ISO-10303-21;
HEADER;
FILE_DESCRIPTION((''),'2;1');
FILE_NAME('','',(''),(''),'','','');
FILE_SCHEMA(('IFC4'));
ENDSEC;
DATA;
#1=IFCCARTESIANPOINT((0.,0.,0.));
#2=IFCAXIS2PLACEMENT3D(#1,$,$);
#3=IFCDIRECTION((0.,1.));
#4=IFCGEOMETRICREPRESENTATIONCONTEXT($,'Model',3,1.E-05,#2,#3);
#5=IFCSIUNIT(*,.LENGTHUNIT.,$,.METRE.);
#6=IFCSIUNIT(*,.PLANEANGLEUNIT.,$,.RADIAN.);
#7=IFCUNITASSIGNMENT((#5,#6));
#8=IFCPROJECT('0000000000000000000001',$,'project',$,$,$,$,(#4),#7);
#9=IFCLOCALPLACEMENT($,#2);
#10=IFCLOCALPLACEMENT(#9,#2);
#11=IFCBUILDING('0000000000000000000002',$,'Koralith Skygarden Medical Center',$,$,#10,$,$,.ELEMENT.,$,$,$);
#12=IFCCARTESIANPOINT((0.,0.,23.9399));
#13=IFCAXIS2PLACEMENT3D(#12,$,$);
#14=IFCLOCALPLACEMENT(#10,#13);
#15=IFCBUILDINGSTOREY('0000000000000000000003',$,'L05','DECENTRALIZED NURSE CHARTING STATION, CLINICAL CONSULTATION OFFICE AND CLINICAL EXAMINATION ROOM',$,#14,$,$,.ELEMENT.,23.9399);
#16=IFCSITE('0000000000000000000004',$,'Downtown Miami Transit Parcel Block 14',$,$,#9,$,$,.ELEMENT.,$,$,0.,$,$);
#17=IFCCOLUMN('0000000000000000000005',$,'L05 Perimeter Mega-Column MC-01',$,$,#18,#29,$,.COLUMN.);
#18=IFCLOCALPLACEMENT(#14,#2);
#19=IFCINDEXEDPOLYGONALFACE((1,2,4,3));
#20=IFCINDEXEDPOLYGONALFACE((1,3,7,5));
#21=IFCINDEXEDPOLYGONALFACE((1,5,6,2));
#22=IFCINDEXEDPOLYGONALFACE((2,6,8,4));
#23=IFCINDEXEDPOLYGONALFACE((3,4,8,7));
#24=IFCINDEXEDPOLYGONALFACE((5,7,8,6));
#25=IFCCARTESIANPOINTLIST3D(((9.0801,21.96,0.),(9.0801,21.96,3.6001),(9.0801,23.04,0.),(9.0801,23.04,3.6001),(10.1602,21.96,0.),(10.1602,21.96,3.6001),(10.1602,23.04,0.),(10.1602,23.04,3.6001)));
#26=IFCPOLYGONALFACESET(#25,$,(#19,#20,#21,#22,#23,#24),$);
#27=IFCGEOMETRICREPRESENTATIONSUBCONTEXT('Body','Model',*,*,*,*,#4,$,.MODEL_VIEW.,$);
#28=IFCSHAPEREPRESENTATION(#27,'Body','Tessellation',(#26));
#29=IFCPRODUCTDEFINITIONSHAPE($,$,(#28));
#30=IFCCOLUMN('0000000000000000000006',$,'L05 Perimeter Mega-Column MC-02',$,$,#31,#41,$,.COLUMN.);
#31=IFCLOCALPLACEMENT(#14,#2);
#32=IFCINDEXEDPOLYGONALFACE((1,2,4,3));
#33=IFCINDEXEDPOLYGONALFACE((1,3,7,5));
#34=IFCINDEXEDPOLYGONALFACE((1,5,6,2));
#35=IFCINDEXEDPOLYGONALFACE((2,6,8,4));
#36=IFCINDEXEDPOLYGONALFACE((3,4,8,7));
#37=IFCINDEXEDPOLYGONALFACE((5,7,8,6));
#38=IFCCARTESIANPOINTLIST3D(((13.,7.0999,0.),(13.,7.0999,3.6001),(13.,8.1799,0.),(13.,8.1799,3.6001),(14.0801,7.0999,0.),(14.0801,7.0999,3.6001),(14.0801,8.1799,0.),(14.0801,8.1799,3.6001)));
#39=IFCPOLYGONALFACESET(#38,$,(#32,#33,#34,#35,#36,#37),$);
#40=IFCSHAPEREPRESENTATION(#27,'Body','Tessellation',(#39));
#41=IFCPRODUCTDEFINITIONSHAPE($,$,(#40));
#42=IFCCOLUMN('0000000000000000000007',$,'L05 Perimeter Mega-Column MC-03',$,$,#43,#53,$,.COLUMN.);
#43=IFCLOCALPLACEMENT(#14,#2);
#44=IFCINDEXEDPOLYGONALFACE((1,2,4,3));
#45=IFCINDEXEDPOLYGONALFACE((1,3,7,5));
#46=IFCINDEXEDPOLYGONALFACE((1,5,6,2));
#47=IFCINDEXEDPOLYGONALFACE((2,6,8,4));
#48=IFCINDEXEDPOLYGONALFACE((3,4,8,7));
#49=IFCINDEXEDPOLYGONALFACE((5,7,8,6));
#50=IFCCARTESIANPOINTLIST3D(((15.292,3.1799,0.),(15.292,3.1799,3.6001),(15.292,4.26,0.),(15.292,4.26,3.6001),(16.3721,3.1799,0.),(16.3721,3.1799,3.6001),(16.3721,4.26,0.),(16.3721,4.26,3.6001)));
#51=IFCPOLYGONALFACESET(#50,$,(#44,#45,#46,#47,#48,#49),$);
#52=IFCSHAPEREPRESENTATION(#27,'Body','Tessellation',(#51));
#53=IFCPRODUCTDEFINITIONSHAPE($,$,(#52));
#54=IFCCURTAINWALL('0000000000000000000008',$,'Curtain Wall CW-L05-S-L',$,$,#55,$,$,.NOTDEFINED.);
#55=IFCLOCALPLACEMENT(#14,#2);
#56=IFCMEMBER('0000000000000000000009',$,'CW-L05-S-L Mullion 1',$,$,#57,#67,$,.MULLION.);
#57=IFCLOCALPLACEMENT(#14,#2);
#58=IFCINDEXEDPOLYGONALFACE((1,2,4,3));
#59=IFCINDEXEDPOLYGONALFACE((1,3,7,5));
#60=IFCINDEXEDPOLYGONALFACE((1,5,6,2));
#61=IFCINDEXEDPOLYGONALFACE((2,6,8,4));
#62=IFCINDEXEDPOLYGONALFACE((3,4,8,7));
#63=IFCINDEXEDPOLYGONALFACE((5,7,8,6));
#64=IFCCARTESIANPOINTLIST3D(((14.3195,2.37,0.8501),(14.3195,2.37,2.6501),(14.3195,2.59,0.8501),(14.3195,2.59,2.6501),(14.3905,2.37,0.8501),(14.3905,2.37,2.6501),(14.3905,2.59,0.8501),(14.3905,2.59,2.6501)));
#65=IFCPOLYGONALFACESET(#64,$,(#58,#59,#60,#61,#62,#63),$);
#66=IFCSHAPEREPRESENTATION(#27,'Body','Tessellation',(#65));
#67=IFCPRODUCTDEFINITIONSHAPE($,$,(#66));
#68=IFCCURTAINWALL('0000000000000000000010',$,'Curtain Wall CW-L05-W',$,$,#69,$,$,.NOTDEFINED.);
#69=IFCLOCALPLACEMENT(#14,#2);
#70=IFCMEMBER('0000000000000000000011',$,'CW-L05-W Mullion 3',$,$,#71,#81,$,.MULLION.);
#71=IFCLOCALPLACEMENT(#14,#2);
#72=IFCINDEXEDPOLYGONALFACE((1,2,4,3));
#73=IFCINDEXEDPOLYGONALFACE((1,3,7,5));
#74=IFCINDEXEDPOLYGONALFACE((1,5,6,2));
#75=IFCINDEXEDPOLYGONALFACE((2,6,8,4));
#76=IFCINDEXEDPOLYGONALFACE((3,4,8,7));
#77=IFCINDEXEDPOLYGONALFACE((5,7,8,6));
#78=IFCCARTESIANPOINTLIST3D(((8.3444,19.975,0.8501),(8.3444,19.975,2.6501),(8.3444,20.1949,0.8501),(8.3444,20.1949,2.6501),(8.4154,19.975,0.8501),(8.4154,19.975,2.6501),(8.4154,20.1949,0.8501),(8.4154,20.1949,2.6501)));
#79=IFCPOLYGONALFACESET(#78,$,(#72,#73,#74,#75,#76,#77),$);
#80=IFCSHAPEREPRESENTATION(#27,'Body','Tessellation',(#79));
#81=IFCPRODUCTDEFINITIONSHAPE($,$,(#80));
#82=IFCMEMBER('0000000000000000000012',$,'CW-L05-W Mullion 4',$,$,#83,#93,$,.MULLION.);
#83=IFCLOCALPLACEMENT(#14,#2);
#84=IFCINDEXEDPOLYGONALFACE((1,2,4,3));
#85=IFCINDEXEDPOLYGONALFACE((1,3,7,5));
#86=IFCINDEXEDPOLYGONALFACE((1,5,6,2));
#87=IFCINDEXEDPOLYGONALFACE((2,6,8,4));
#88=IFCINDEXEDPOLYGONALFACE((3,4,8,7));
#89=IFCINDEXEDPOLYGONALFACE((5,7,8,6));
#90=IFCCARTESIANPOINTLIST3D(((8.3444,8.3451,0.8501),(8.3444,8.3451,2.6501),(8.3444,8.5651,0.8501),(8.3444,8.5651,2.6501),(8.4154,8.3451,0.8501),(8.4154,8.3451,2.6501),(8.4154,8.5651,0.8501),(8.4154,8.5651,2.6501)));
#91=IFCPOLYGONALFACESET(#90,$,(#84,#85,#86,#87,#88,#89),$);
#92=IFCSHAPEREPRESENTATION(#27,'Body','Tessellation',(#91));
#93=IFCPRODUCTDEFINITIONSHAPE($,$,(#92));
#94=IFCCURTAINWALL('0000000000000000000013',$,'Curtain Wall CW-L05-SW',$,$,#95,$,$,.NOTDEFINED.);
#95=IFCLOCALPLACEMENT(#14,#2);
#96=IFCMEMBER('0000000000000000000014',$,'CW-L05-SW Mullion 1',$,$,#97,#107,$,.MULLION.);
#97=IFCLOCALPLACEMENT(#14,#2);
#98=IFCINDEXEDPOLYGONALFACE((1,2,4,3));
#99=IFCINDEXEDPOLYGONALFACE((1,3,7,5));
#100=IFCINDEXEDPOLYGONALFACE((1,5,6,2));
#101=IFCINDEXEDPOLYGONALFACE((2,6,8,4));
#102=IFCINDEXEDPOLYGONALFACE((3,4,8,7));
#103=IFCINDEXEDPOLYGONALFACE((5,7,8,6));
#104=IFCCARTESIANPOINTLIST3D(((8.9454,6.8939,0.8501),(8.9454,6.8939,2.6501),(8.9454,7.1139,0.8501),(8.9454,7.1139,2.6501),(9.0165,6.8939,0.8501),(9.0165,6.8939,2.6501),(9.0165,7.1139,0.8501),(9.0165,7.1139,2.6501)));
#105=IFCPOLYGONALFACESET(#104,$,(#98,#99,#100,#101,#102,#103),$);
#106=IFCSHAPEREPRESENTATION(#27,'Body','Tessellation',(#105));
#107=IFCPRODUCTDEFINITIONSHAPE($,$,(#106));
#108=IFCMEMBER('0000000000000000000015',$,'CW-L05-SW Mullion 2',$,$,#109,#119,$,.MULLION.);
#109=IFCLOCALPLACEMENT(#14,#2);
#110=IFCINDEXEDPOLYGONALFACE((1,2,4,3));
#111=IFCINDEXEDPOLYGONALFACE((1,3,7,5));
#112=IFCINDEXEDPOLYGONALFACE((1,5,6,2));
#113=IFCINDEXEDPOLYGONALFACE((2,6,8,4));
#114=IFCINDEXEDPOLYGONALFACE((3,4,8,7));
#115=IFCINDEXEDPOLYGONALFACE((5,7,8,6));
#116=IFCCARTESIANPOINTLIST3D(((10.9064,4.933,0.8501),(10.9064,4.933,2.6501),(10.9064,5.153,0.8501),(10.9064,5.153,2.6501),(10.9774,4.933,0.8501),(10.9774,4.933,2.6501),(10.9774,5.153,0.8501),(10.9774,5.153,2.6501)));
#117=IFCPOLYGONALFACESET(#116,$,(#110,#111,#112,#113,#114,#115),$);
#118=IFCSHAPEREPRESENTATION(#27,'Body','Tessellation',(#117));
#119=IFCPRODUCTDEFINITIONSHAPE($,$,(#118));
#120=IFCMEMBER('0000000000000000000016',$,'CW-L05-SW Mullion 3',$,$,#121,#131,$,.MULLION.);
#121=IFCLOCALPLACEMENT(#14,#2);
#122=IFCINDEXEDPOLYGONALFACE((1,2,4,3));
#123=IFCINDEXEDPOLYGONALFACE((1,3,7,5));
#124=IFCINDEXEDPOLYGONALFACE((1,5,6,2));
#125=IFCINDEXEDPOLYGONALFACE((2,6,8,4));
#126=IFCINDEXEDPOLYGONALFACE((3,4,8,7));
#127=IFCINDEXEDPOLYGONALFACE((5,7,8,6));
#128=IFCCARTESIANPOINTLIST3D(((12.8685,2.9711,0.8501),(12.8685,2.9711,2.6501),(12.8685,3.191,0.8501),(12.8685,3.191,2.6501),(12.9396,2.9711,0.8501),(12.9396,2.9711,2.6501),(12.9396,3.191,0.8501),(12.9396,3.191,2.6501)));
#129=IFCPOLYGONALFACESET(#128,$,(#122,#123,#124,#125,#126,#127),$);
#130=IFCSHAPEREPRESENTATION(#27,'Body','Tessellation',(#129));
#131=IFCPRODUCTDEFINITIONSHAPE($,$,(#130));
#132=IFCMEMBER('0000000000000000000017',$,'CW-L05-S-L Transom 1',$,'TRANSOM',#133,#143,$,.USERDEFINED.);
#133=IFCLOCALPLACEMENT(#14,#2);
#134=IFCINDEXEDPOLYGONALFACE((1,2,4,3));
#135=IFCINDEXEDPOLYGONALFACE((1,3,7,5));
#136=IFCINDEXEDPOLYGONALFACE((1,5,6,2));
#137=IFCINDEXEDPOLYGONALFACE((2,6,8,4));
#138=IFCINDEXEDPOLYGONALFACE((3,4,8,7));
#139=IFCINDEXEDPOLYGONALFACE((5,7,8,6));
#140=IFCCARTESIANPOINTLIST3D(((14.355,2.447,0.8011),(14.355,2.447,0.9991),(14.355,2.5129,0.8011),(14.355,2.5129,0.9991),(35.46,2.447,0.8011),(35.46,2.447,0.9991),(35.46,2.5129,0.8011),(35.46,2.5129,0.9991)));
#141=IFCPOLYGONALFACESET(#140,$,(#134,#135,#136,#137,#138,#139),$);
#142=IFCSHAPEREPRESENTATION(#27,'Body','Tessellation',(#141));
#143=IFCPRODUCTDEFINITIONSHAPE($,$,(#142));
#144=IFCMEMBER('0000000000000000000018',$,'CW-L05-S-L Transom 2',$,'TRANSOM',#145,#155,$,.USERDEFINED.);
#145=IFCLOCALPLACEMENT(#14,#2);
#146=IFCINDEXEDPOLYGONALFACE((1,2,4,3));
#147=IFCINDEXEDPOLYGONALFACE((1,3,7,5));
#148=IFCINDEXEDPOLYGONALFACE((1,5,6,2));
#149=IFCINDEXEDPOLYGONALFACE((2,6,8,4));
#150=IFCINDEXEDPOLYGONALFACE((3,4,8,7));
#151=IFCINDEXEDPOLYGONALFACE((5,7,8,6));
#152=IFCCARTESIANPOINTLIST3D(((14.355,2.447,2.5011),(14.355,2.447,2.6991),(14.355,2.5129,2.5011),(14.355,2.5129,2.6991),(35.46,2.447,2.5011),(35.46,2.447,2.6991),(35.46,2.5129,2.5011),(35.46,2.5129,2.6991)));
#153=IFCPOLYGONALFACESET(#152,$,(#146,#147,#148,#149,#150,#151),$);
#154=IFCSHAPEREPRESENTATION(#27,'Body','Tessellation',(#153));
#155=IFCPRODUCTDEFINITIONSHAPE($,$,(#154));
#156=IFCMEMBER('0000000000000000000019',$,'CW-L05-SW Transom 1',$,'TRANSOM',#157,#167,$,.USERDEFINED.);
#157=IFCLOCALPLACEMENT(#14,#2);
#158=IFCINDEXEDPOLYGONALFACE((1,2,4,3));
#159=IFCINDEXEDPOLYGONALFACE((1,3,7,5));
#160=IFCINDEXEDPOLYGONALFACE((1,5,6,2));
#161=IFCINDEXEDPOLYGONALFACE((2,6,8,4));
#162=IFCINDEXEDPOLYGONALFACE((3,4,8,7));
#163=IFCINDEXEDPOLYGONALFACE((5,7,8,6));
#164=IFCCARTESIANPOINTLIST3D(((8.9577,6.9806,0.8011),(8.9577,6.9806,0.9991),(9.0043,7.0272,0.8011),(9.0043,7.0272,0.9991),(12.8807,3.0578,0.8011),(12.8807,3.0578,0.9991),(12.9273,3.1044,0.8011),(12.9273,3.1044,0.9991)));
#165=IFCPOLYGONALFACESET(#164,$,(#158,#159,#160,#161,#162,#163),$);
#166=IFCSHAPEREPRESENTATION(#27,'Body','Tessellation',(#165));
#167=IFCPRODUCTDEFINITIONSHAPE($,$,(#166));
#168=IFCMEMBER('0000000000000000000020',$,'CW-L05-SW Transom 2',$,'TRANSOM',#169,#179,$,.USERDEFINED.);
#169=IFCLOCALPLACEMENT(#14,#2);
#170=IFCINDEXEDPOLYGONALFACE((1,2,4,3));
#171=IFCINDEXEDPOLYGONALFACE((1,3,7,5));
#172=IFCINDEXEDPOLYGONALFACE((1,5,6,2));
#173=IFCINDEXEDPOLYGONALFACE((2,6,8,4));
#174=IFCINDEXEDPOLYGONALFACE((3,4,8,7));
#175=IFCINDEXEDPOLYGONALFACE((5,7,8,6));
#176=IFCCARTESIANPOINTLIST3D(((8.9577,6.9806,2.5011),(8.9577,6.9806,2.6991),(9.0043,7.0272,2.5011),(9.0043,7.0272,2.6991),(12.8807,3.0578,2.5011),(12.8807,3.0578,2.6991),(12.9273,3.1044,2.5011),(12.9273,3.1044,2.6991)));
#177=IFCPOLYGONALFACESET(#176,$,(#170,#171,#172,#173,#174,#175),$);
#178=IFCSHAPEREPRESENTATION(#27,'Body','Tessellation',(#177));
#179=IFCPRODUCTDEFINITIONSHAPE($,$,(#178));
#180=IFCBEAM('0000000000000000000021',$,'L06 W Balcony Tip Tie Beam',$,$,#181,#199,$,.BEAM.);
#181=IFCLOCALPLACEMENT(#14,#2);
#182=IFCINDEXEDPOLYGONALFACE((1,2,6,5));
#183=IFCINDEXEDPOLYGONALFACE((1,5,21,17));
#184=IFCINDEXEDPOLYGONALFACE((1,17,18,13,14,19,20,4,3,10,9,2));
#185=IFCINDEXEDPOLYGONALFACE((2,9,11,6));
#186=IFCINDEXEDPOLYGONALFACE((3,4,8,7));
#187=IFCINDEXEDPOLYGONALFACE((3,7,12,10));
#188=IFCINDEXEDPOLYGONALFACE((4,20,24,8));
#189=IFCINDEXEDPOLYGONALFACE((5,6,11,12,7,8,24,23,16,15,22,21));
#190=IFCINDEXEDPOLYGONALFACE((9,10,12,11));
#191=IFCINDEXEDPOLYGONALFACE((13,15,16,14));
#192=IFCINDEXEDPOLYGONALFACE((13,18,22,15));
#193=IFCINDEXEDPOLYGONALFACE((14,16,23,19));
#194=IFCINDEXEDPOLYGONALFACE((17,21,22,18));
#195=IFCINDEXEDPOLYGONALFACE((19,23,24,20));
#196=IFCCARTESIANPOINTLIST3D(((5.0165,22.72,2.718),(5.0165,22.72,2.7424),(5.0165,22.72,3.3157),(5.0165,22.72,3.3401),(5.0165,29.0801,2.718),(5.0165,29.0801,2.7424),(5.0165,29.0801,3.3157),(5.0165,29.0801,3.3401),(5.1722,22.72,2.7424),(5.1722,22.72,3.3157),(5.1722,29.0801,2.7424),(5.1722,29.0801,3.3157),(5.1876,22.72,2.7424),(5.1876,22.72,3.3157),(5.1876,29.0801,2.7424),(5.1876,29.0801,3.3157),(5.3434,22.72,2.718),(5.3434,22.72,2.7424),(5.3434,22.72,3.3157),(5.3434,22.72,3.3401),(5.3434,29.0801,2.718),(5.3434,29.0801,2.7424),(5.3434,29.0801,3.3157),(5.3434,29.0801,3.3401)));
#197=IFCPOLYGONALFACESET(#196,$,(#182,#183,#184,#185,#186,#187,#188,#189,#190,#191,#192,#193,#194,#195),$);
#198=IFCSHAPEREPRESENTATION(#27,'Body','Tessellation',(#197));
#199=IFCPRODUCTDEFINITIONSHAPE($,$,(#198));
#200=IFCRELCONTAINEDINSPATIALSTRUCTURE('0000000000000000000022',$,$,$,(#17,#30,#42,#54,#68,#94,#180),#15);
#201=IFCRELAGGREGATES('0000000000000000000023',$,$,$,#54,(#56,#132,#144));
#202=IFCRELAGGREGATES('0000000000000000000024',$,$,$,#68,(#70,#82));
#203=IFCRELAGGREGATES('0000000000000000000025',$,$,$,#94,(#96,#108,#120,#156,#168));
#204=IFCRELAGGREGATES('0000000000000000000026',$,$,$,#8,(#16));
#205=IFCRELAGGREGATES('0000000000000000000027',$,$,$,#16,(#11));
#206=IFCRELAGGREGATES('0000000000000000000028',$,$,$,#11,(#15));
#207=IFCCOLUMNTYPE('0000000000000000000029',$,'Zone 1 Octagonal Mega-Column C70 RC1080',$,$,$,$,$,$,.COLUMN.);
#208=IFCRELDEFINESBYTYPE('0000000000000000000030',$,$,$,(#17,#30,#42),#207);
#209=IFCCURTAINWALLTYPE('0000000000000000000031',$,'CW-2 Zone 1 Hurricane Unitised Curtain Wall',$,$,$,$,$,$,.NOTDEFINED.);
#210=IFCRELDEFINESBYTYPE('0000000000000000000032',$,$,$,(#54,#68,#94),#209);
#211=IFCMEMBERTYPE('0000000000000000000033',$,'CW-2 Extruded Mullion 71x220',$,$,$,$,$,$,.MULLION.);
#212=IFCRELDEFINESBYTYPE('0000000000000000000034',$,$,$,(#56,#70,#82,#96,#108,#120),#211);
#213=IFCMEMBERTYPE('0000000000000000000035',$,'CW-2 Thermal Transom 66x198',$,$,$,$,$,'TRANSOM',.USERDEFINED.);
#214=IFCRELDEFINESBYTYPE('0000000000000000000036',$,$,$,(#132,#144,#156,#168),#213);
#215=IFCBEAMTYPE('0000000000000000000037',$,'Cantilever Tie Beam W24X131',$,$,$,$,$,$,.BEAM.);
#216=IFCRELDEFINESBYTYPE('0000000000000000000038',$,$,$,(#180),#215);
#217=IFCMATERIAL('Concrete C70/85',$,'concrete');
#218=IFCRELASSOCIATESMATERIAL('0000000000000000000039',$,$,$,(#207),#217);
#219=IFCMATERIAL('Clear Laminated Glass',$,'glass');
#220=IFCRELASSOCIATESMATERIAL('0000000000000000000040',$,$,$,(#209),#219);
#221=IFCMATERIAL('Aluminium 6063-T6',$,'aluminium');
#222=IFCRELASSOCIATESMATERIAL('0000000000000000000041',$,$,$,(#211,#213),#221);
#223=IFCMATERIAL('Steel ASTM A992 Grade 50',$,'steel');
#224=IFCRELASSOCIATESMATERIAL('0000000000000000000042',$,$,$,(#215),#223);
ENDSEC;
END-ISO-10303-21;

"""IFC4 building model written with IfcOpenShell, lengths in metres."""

from ifc_helpers import new_model, si_unit, direction, frame, origin, origin_2d, place, context, subcontext, project, spatial, rectangle, i_section, extrude, material, material_profile, profile_set, type_object, element, aggregate, save


model = new_model("IFC4")

# Units and contexts
model_context = context("Model", 3, precision=1e-05, world=origin(), true_north=direction((0.0, 1.0)))
body_context = subcontext(model_context, "Body", "Model", "MODEL_VIEW")
ifc_project = project(units=[si_unit("LENGTHUNIT", "METRE"), si_unit("PLANEANGLEUNIT", "RADIAN")], contexts=[model_context])

# Site, building, storey
site_placement = place(None, origin())
site = spatial("IfcSite", under=ifc_project, at=site_placement, Name="Downtown Miami Transit Parcel Block 14", CompositionType="ELEMENT", RefElevation=0.0)
building_placement = place(site_placement, origin())
building = spatial("IfcBuilding", under=site, at=building_placement, Name="Koralith Skygarden Medical Center", CompositionType="ELEMENT")
storey_placement = place(building_placement, frame((0.0, 0.0, 23.9399)))
storey = spatial("IfcBuildingStorey", under=building, at=storey_placement, Name="L05", Description="DECENTRALIZED NURSE CHARTING STATION, CLINICAL CONSULTATION OFFICE AND CLINICAL EXAMINATION ROOM", CompositionType="ELEMENT", Elevation=23.9399)

# Columns
ifc_material_1 = material(Name="Concrete C70/85", Category="concrete")
ifc_material_profile_1 = material_profile(ifc_material_1, rectangle(XDim=1.0801, YDim=1.0801, at=origin_2d()), Name="RC1080X1080")
ifc_profile_set_1 = profile_set([ifc_material_profile_1], Name="Concrete C70/85")
column_type = type_object("IfcColumnType", Name="Zone 1 Octagonal Mega-Column C70 RC1080", PredefinedType="COLUMN", material=ifc_profile_set_1)
for number, where, z_axis, x_axis, name in (
    (1, (9.6201, 22.5, 0.0), (0.0, 0.0, 1.0), (1.0, 0.0, 0.0), "L05 Perimeter Mega-Column MC-01"),
    (2, (13.54, 7.6399, 0.0), (0.0, 0.0, 1.0), (1.0, 0.0, 0.0), "L05 Perimeter Mega-Column MC-02"),
    (3, (15.832, 3.72, 0.0), (0.0, 0.0, 1.0), (1.0, 0.0, 0.0), "L05 Perimeter Mega-Column MC-03"),
):
    element("IfcColumn", number, at=place(storey_placement, frame(where, z_axis=z_axis, x_axis=x_axis)), inside=storey, type_object=column_type, Name=name, PredefinedType="COLUMN", context=body_context, shape_type="SweptSolid", body=[
        extrude(rectangle(XDim=1.0801, YDim=1.0801, at=origin_2d()), origin(), (0.0, 0.0, 1.0), 3.6001),
    ])

# Curtain wall, member
ifc_material_2 = material(Name="Clear Laminated Glass", Category="glass")
curtain_wall_type = type_object("IfcCurtainWallType", Name="CW-2 Zone 1 Hurricane Unitised Curtain Wall", PredefinedType="NOTDEFINED", material=ifc_material_2)
curtain_wall_1_placement = place(storey_placement, origin())
curtain_wall_1 = element("IfcCurtainWall", 4, at=curtain_wall_1_placement, inside=storey, type_object=curtain_wall_type, Name="Curtain Wall CW-L05-S-L", PredefinedType="NOTDEFINED")
ifc_material_3 = material(Name="Aluminium 6063-T6", Category="aluminium")
ifc_material_profile_2 = material_profile(ifc_material_3, rectangle(XDim=0.071, YDim=0.22, at=origin_2d()), Name="MUL71X220")
ifc_profile_set_2 = profile_set([ifc_material_profile_2], Name="Aluminium 6063-T6")
member_type_1 = type_object("IfcMemberType", Name="CW-2 Extruded Mullion 71x220", PredefinedType="MULLION", material=ifc_profile_set_2)
member_1_placement = place(storey_placement, frame((14.355, 2.48, 0.8501), z_axis=(0.0, 0.0, 1.0), x_axis=(1.0, 0.0, 0.0)))
member_1 = element("IfcMember", 5, at=member_1_placement, type_object=member_type_1, Name="CW-L05-S-L Mullion 1", PredefinedType="MULLION", context=body_context, shape_type="SweptSolid", body=[
    extrude(rectangle(XDim=0.071, YDim=0.22, at=origin_2d()), origin(), (0.0, 0.0, 1.0), 1.8),
])

# Curtain walls, members
curtain_wall_2_placement = place(storey_placement, origin())
curtain_wall_2 = element("IfcCurtainWall", 6, at=curtain_wall_2_placement, inside=storey, type_object=curtain_wall_type, Name="Curtain Wall CW-L05-W", PredefinedType="NOTDEFINED")
member_2_placement = place(storey_placement, frame((8.3799, 20.085, 0.8501), z_axis=(0.0, 0.0, 1.0), x_axis=(1.0, 0.0, 0.0)))
member_2 = element("IfcMember", 7, at=member_2_placement, type_object=member_type_1, Name="CW-L05-W Mullion 3", PredefinedType="MULLION", context=body_context, shape_type="SweptSolid", body=[
    extrude(rectangle(XDim=0.071, YDim=0.22, at=origin_2d()), origin(), (0.0, 0.0, 1.0), 1.8),
])
member_3_placement = place(storey_placement, frame((8.3799, 8.4551, 0.8501), z_axis=(0.0, 0.0, 1.0), x_axis=(1.0, 0.0, 0.0)))
member_3 = element("IfcMember", 8, at=member_3_placement, type_object=member_type_1, Name="CW-L05-W Mullion 4", PredefinedType="MULLION", context=body_context, shape_type="SweptSolid", body=[
    extrude(rectangle(XDim=0.071, YDim=0.22, at=origin_2d()), origin(), (0.0, 0.0, 1.0), 1.8),
])
curtain_wall_3_placement = place(storey_placement, origin())
curtain_wall_3 = element("IfcCurtainWall", 9, at=curtain_wall_3_placement, inside=storey, type_object=curtain_wall_type, Name="Curtain Wall CW-L05-SW", PredefinedType="NOTDEFINED")
member_4_placement = place(storey_placement, frame((8.981, 7.0039, 0.8501), z_axis=(0.0, 0.0, 1.0), x_axis=(1.0, 0.0, 0.0)))
member_4 = element("IfcMember", 10, at=member_4_placement, type_object=member_type_1, Name="CW-L05-SW Mullion 1", PredefinedType="MULLION", context=body_context, shape_type="SweptSolid", body=[
    extrude(rectangle(XDim=0.071, YDim=0.22, at=origin_2d()), origin(), (0.0, 0.0, 1.0), 1.8),
])
member_5_placement = place(storey_placement, frame((10.9419, 5.043, 0.8501), z_axis=(0.0, 0.0, 1.0), x_axis=(1.0, 0.0, 0.0)))
member_5 = element("IfcMember", 11, at=member_5_placement, type_object=member_type_1, Name="CW-L05-SW Mullion 2", PredefinedType="MULLION", context=body_context, shape_type="SweptSolid", body=[
    extrude(rectangle(XDim=0.071, YDim=0.22, at=origin_2d()), origin(), (0.0, 0.0, 1.0), 1.8),
])
member_6_placement = place(storey_placement, frame((12.9041, 3.0811, 0.8501), z_axis=(0.0, 0.0, 1.0), x_axis=(1.0, 0.0, 0.0)))
member_6 = element("IfcMember", 12, at=member_6_placement, type_object=member_type_1, Name="CW-L05-SW Mullion 3", PredefinedType="MULLION", context=body_context, shape_type="SweptSolid", body=[
    extrude(rectangle(XDim=0.071, YDim=0.22, at=origin_2d()), origin(), (0.0, 0.0, 1.0), 1.8),
])

# Members
ifc_material_profile_3 = material_profile(ifc_material_3, rectangle(XDim=0.0659, YDim=0.198, at=origin_2d()), Name="TRN66X198")
ifc_profile_set_3 = profile_set([ifc_material_profile_3], Name="Aluminium 6063-T6")
member_type_2 = type_object("IfcMemberType", Name="CW-2 Thermal Transom 66x198", ElementType="TRANSOM", PredefinedType="USERDEFINED", material=ifc_profile_set_3)
member_7_placement = place(storey_placement, frame((14.355, 2.48, 0.9001), z_axis=(1.0, 0.0, 0.0), x_axis=(0.0, 1.0, 0.0)))
member_7 = element("IfcMember", 13, at=member_7_placement, type_object=member_type_2, Name="CW-L05-S-L Transom 1", ObjectType="TRANSOM", PredefinedType="USERDEFINED", context=body_context, shape_type="SweptSolid", body=[
    extrude(rectangle(XDim=0.0659, YDim=0.198, at=origin_2d()), origin(), (0.0, 0.0, 1.0), 21.105),
])
member_8_placement = place(storey_placement, frame((14.355, 2.48, 2.6001), z_axis=(1.0, 0.0, 0.0), x_axis=(0.0, 1.0, 0.0)))
member_8 = element("IfcMember", 14, at=member_8_placement, type_object=member_type_2, Name="CW-L05-S-L Transom 2", ObjectType="TRANSOM", PredefinedType="USERDEFINED", context=body_context, shape_type="SweptSolid", body=[
    extrude(rectangle(XDim=0.0659, YDim=0.198, at=origin_2d()), origin(), (0.0, 0.0, 1.0), 21.105),
])
aggregate(curtain_wall_1, [member_1, member_7, member_8])
member_9_placement = place(storey_placement, frame((8.981, 7.0039, 0.9001), z_axis=(0.707129, -0.707085, 0.0), x_axis=(0.707085, 0.707129, 0.0)))
member_9 = element("IfcMember", 15, at=member_9_placement, type_object=member_type_2, Name="CW-L05-SW Transom 1", ObjectType="TRANSOM", PredefinedType="USERDEFINED", context=body_context, shape_type="SweptSolid", body=[
    extrude(rectangle(XDim=0.0659, YDim=0.198, at=origin_2d()), origin(), (0.0, 0.0, 1.0), 5.5479),
])
member_10_placement = place(storey_placement, frame((8.981, 7.0039, 2.6001), z_axis=(0.707129, -0.707085, 0.0), x_axis=(0.707085, 0.707129, 0.0)))
member_10 = element("IfcMember", 16, at=member_10_placement, type_object=member_type_2, Name="CW-L05-SW Transom 2", ObjectType="TRANSOM", PredefinedType="USERDEFINED", context=body_context, shape_type="SweptSolid", body=[
    extrude(rectangle(XDim=0.0659, YDim=0.198, at=origin_2d()), origin(), (0.0, 0.0, 1.0), 5.5479),
])

# Beam
ifc_material_4 = material(Name="Steel ASTM A992 Grade 50", Category="steel")
ifc_material_profile_4 = material_profile(ifc_material_4, i_section(OverallWidth=0.3269, OverallDepth=0.6221, WebThickness=0.0154, FlangeThickness=0.0244, at=origin_2d()), Name="W24X131")
ifc_profile_set_4 = profile_set([ifc_material_profile_4], Name="Steel ASTM A992 Grade 50")
beam_type_1 = type_object("IfcBeamType", Name="Cantilever Tie Beam W24X131", PredefinedType="BEAM", material=ifc_profile_set_4)
beam_1_placement = place(storey_placement, frame((5.1799, 22.72, 3.0291), z_axis=(0.0, 1.0, 0.0), x_axis=(-1.0, 0.0, 0.0)))
element("IfcBeam", 17, at=beam_1_placement, inside=storey, type_object=beam_type_1, Name="L06 W Balcony Tip Tie Beam", PredefinedType="BEAM", context=body_context, shape_type="SweptSolid", body=[
    extrude(i_section(OverallWidth=0.3269, OverallDepth=0.6221, WebThickness=0.0154, FlangeThickness=0.0244, at=origin_2d()), origin(), (0.0, 0.0, 1.0), 6.3601),
])

aggregate(curtain_wall_2, [member_2, member_3])
aggregate(curtain_wall_3, [member_4, member_5, member_6, member_9, member_10])

save(model, "model.ifc")
